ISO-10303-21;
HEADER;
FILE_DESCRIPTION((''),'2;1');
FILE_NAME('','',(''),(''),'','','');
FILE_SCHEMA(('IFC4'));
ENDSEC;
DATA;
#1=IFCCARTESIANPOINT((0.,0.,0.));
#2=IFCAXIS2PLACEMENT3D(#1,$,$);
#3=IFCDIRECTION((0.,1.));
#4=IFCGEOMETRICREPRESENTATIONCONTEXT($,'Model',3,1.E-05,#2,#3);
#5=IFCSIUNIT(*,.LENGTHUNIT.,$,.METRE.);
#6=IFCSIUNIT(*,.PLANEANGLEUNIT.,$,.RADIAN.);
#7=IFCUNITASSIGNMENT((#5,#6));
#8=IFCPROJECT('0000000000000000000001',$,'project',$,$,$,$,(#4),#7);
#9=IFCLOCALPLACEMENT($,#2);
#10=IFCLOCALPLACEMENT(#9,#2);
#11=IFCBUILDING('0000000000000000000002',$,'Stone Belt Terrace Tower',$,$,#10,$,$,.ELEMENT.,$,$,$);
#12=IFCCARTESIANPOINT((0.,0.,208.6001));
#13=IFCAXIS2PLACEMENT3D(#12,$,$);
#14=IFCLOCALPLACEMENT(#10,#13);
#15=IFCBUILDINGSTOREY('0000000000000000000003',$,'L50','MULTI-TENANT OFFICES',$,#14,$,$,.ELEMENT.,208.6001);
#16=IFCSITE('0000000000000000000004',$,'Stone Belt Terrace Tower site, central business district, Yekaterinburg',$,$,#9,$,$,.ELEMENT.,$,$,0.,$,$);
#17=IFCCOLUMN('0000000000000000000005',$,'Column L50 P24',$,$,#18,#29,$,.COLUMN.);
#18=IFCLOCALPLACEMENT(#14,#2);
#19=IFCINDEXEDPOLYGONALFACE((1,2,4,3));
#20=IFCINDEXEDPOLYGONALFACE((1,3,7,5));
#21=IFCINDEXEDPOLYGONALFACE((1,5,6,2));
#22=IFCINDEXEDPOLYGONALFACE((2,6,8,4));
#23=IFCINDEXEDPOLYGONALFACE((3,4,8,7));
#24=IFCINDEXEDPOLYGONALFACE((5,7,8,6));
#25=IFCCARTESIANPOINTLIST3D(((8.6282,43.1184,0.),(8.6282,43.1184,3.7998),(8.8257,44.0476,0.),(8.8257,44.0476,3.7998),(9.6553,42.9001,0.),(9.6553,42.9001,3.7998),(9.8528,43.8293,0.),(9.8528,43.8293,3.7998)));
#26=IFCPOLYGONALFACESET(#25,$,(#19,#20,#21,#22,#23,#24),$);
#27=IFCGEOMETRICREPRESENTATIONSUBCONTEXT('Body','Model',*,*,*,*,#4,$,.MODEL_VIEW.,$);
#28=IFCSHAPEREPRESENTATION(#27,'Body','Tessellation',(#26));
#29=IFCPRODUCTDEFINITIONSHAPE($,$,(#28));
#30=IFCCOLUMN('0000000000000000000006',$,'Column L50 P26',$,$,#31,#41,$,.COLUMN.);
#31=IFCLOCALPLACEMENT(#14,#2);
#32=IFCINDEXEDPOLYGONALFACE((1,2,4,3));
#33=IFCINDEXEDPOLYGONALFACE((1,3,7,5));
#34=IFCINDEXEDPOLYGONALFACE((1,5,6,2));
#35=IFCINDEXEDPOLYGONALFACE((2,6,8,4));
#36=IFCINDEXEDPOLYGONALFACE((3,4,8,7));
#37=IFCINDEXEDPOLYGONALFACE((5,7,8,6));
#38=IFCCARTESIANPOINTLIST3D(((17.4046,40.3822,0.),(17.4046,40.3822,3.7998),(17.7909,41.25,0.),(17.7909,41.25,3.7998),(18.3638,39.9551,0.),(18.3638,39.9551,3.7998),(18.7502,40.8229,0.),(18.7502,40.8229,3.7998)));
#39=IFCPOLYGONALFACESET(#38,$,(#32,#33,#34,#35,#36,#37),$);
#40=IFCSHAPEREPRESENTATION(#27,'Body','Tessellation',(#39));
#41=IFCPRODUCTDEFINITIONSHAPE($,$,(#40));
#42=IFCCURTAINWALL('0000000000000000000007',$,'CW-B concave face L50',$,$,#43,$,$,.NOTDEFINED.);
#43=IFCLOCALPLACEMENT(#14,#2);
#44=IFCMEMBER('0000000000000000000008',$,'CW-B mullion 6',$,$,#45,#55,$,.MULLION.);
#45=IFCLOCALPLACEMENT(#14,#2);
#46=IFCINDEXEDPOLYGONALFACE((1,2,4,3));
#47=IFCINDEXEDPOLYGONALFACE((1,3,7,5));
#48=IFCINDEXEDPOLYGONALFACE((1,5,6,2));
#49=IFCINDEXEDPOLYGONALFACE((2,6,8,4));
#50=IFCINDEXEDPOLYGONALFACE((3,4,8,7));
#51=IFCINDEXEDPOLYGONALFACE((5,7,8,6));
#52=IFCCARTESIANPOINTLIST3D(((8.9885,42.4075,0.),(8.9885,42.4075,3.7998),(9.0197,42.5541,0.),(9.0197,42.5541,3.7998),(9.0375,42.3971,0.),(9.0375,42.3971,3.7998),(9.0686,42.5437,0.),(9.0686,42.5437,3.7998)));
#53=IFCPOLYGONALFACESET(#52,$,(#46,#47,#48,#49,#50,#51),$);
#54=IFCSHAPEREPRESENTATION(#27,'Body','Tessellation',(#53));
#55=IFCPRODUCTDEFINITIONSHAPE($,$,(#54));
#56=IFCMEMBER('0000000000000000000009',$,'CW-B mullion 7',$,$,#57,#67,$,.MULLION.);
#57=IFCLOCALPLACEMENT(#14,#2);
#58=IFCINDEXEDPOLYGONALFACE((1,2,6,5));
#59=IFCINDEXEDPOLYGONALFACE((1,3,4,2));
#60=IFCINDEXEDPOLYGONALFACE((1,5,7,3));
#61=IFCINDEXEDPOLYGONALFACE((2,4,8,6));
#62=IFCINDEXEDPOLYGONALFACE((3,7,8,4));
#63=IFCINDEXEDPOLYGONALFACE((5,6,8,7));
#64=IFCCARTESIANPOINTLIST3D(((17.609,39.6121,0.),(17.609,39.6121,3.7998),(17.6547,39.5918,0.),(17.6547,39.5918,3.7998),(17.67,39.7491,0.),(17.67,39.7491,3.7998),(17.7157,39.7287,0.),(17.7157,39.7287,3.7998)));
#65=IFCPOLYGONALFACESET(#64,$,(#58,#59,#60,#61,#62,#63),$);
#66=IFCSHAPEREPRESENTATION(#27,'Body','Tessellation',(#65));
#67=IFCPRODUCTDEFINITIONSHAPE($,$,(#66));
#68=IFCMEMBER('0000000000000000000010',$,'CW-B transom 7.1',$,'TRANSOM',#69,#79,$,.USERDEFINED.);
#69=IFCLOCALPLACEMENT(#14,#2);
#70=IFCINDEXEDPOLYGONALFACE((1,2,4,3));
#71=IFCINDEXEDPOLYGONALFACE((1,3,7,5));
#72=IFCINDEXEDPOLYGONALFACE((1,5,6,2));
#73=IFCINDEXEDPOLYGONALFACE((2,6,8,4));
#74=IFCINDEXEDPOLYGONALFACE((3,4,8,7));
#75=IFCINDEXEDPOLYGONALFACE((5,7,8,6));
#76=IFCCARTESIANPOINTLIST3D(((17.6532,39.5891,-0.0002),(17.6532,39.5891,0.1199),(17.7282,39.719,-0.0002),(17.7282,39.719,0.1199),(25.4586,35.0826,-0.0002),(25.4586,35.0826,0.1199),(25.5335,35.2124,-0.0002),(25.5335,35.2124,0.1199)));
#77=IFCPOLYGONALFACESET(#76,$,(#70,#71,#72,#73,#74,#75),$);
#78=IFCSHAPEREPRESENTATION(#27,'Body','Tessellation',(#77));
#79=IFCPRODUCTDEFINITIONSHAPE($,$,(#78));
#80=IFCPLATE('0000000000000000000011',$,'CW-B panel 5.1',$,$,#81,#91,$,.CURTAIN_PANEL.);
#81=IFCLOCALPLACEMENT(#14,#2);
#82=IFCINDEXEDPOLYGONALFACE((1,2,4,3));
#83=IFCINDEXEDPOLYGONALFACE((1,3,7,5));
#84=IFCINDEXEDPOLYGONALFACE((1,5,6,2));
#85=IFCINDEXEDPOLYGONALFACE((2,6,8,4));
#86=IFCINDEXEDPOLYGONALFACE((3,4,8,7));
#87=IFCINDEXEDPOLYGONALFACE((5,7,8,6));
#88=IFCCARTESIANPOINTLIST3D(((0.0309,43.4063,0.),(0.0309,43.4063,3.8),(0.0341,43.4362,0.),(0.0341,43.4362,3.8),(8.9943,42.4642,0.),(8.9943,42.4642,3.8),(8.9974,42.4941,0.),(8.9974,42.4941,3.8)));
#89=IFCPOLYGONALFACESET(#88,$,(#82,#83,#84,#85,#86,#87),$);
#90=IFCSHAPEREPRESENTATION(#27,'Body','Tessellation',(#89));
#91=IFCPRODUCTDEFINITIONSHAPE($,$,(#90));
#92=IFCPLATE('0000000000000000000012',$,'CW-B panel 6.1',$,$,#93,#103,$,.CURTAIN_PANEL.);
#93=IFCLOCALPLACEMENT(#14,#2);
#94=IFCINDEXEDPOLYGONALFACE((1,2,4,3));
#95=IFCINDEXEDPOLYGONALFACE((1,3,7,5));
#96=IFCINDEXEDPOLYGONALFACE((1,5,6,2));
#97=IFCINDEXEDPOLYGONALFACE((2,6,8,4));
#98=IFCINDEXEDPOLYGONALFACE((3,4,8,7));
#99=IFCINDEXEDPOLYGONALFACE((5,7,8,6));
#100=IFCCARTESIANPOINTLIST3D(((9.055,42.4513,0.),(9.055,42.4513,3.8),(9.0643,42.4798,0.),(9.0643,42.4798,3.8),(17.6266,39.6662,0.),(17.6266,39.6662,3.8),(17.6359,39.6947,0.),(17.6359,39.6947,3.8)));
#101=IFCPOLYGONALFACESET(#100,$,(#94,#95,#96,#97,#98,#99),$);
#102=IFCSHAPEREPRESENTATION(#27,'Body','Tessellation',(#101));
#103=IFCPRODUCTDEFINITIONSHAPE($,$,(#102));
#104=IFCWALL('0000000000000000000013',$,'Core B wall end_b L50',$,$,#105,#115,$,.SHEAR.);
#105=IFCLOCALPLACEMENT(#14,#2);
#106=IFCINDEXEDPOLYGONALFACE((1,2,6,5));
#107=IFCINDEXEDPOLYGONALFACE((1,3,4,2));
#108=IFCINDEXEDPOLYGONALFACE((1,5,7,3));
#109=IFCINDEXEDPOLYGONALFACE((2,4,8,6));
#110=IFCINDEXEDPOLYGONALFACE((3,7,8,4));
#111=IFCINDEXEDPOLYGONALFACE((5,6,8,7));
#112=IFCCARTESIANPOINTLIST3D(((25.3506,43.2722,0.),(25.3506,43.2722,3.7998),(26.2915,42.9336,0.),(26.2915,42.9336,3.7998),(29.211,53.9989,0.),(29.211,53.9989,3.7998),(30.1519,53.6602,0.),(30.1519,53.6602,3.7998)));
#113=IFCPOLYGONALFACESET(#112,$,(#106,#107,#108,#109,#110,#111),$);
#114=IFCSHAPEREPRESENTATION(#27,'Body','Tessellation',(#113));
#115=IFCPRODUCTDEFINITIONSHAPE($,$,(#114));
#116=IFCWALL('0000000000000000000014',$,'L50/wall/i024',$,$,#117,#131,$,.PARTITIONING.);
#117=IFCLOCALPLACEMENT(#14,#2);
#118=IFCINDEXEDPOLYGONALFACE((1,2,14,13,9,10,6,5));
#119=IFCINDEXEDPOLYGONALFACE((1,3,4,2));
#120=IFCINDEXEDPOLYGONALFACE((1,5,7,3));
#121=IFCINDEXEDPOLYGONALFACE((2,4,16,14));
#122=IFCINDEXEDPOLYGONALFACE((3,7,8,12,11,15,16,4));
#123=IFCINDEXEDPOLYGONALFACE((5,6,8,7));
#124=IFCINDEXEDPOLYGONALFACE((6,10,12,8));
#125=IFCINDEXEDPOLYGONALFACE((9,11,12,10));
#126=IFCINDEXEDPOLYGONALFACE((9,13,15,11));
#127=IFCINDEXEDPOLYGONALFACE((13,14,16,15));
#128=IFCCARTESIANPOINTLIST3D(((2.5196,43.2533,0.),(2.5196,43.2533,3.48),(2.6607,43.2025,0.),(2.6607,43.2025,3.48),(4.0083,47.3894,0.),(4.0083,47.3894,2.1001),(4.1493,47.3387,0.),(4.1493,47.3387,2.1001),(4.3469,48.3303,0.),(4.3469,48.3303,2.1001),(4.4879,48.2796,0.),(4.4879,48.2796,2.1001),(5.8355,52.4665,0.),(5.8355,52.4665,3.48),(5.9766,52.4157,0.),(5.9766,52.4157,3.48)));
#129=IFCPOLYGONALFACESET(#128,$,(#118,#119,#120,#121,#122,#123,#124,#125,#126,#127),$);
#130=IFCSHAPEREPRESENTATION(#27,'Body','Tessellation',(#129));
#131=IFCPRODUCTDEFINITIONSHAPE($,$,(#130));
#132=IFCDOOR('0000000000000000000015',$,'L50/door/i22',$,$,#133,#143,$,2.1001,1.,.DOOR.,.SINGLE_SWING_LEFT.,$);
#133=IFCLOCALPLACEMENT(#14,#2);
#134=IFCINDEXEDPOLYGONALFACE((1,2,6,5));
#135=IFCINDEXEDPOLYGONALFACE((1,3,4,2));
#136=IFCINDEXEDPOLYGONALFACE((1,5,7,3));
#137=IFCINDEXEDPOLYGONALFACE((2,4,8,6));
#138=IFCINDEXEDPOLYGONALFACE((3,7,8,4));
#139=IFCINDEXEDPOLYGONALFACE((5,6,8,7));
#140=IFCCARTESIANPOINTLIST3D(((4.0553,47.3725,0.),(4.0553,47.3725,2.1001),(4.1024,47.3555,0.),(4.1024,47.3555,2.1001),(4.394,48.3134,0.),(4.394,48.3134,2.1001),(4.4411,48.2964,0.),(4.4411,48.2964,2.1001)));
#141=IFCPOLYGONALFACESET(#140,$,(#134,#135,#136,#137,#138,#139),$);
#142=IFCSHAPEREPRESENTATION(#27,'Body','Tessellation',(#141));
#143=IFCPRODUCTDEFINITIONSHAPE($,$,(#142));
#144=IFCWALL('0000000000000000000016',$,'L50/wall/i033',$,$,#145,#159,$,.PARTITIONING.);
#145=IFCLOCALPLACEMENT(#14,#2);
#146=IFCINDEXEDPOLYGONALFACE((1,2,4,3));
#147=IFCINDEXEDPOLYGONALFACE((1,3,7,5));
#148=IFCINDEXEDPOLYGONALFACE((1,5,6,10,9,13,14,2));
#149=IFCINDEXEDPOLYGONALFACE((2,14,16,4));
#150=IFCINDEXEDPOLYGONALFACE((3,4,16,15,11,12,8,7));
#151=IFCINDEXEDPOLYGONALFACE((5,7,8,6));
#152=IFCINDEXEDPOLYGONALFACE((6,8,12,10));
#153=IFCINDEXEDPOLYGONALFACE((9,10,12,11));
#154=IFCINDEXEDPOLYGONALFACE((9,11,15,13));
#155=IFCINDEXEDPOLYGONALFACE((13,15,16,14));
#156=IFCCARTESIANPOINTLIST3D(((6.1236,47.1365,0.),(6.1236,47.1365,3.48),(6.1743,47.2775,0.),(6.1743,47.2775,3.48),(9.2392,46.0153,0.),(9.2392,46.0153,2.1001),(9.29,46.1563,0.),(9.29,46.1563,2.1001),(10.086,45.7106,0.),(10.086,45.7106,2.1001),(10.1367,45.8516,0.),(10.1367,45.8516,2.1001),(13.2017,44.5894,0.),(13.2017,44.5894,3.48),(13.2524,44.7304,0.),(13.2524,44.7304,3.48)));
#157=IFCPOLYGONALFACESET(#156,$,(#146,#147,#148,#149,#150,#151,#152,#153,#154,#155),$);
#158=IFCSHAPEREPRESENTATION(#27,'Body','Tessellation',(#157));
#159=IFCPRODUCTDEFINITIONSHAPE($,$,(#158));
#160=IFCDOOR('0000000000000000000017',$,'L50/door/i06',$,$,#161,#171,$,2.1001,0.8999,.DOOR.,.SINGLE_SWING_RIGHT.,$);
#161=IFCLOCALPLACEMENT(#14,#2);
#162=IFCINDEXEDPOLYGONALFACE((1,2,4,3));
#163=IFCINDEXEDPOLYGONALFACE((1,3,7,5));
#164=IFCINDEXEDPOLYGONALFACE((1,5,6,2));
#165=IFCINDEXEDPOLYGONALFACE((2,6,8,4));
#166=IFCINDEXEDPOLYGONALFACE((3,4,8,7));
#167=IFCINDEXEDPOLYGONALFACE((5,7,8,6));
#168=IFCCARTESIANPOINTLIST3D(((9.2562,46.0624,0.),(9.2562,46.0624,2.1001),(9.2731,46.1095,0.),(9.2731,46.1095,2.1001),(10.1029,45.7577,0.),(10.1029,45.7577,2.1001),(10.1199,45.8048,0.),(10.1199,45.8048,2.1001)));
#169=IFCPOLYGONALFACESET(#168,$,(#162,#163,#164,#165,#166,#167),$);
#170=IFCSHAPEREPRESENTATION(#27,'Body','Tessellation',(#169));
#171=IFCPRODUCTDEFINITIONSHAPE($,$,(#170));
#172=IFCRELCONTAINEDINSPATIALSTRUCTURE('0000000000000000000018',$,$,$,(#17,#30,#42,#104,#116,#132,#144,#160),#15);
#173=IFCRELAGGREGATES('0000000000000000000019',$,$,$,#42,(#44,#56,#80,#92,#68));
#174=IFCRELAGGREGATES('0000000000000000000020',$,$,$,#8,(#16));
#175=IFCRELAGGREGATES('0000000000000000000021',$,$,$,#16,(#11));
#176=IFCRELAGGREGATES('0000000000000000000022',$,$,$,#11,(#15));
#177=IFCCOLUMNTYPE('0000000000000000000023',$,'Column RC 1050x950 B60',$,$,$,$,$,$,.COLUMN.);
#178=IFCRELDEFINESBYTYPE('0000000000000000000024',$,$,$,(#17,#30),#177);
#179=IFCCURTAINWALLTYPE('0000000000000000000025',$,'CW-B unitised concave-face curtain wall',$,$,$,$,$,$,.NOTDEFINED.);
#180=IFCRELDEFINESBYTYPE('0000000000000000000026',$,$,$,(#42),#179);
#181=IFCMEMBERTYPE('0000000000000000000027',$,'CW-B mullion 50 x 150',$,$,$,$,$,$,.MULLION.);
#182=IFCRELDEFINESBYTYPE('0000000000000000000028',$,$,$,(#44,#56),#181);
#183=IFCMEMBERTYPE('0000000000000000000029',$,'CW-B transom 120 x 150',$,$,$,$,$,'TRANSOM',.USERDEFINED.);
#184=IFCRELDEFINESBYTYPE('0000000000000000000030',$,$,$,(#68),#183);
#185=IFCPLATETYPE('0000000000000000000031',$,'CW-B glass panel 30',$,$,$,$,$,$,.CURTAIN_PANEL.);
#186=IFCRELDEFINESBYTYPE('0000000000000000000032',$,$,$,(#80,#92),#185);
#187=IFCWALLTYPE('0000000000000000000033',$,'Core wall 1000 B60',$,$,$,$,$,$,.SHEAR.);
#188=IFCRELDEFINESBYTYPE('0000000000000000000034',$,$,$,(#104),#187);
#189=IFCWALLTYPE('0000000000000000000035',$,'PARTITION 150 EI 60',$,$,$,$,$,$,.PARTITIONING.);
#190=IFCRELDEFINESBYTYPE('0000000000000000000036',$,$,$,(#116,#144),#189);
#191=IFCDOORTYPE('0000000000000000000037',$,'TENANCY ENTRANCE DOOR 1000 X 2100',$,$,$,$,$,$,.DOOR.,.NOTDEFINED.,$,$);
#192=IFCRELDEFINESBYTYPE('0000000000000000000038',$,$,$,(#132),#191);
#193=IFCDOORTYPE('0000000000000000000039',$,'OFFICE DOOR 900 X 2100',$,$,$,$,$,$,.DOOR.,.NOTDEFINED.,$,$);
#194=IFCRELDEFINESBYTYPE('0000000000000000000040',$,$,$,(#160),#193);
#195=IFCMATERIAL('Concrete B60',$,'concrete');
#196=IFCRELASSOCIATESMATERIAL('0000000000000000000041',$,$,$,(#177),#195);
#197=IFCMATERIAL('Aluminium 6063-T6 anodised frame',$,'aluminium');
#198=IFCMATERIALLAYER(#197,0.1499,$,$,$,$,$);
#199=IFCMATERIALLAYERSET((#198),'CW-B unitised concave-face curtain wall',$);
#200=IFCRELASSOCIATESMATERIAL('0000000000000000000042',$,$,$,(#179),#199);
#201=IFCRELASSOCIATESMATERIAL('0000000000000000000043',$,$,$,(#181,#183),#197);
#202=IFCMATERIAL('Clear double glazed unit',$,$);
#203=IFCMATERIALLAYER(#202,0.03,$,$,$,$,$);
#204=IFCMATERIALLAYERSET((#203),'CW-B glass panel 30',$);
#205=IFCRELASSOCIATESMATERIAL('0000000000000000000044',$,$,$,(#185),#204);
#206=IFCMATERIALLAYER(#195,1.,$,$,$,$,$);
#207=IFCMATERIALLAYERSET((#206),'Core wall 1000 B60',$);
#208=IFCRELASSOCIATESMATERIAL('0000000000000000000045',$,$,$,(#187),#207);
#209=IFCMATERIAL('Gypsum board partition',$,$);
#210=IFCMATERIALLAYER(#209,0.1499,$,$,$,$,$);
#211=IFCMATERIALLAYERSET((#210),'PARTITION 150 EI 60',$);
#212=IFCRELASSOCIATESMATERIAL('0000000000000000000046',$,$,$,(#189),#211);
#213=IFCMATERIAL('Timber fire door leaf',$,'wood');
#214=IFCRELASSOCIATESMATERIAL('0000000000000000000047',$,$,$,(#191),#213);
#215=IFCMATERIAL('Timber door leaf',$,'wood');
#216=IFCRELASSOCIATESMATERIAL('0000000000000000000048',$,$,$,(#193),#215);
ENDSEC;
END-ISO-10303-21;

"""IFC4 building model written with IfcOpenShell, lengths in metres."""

from ifc_helpers import new_model, si_unit, direction, frame, frame_2d, origin, origin_2d, place, context, subcontext, project, spatial, rectangle, extrude, material, layer, layer_set, material_profile, profile_set, type_object, element, fill, aggregate, save


model = new_model("IFC4")

# Units and contexts
model_context = context("Model", 3, precision=1e-05, world=origin(), true_north=direction((0.0, 1.0)))
body_context = subcontext(model_context, "Body", "Model", "MODEL_VIEW")
ifc_project = project(units=[si_unit("LENGTHUNIT", "METRE"), si_unit("PLANEANGLEUNIT", "RADIAN")], contexts=[model_context])

# Site, building, storey
site_placement = place(None, origin())
site = spatial("IfcSite", under=ifc_project, at=site_placement, Name="Stone Belt Terrace Tower site, central business district, Yekaterinburg", CompositionType="ELEMENT", RefElevation=0.0)
building_placement = place(site_placement, origin())
building = spatial("IfcBuilding", under=site, at=building_placement, Name="Stone Belt Terrace Tower", CompositionType="ELEMENT")
storey_placement = place(building_placement, frame((0.0, 0.0, 208.6001)))
storey = spatial("IfcBuildingStorey", under=building, at=storey_placement, Name="L50", Description="MULTI-TENANT OFFICES", CompositionType="ELEMENT", Elevation=208.6001)

# Columns
ifc_material_1 = material(Name="Concrete B60", Category="concrete")
ifc_material_profile_1 = material_profile(ifc_material_1, rectangle(XDim=1.05, YDim=0.95, at=origin_2d()), Name="RC 1050x950")
ifc_profile_set_1 = profile_set([ifc_material_profile_1], Name="Concrete B60")
column_type = type_object("IfcColumnType", Name="Column RC 1050x950 B60", PredefinedType="COLUMN", material=ifc_profile_set_1)
for number, where, z_axis, x_axis, name in (
    (1, (9.2405, 43.4739, 0.0), (0.0, 0.0, 1.0), (0.978148, -0.207912, 0.0), "Column L50 P24"),
    (2, (18.0774, 40.6025, 0.0), (0.0, 0.0, 1.0), (0.913545, -0.406737, 0.0), "Column L50 P26"),
):
    element("IfcColumn", number, at=place(storey_placement, frame(where, z_axis=z_axis, x_axis=x_axis)), inside=storey, type_object=column_type, Name=name, PredefinedType="COLUMN", context=body_context, shape_type="SweptSolid", body=[
        extrude(rectangle(XDim=1.05, YDim=0.95, at=origin_2d()), origin(), (0.0, 0.0, 1.0), 3.7998),
    ])

# Curtain wall, members, plates
ifc_material_2 = material(Name="Aluminium 6063-T6 anodised frame", Category="aluminium")
ifc_layer_1 = layer(ifc_material_2, 0.1499)
ifc_layer_set_1 = layer_set([ifc_layer_1], Name="CW-B unitised concave-face curtain wall")
curtain_wall_type = type_object("IfcCurtainWallType", Name="CW-B unitised concave-face curtain wall", PredefinedType="NOTDEFINED", material=ifc_layer_set_1)
curtain_wall_placement = place(storey_placement, origin())
curtain_wall = element("IfcCurtainWall", 3, at=curtain_wall_placement, inside=storey, type_object=curtain_wall_type, Name="CW-B concave face L50", PredefinedType="NOTDEFINED")
ifc_material_profile_2 = material_profile(ifc_material_2, rectangle(XDim=0.1499, YDim=0.05, at=origin_2d()), Name="Aluminium 6063-T6 50x150")
ifc_profile_set_2 = profile_set([ifc_material_profile_2], Name="Aluminium 6063-T6 anodised frame")
member_type_1 = type_object("IfcMemberType", Name="CW-B mullion 50 x 150", PredefinedType="MULLION", material=ifc_profile_set_2)
member_1_placement = place(storey_placement, frame((9.0286, 42.4756, 0.0), z_axis=(0.0, 0.0, 1.0), x_axis=(0.207912, 0.978148, 0.0)))
member_1 = element("IfcMember", 4, at=member_1_placement, type_object=member_type_1, Name="CW-B mullion 6", PredefinedType="MULLION", context=body_context, shape_type="SweptSolid", body=[
    extrude(rectangle(XDim=0.1499, YDim=0.05, at=origin_2d()), origin(), (0.0, 0.0, 1.0), 3.7998),
])
member_2_placement = place(storey_placement, frame((17.6624, 39.6704, 0.0), z_axis=(0.0, 0.0, 1.0), x_axis=(0.406737, 0.913545, 0.0)))
member_2 = element("IfcMember", 5, at=member_2_placement, type_object=member_type_1, Name="CW-B mullion 7", PredefinedType="MULLION", context=body_context, shape_type="SweptSolid", body=[
    extrude(rectangle(XDim=0.1499, YDim=0.05, at=origin_2d()), origin(), (0.0, 0.0, 1.0), 3.7998),
])
ifc_material_profile_3 = material_profile(ifc_material_2, rectangle(XDim=0.1499, YDim=0.1201, at=origin_2d()), Name="Aluminium 6063-T6 150x120")
ifc_profile_set_3 = profile_set([ifc_material_profile_3], Name="Aluminium 6063-T6 anodised frame")
member_type_2 = type_object("IfcMemberType", Name="CW-B transom 120 x 150", ElementType="TRANSOM", PredefinedType="USERDEFINED", material=ifc_profile_set_3)
member_3_placement = place(storey_placement, frame((17.6907, 39.6541, 0.0598), z_axis=(0.866019, -0.500011, 0.0), x_axis=(0.500011, 0.866019, 0.0)))
member_3 = element("IfcMember", 6, at=member_3_placement, type_object=member_type_2, Name="CW-B transom 7.1", ObjectType="TRANSOM", PredefinedType="USERDEFINED", context=body_context, shape_type="SweptSolid", body=[
    extrude(rectangle(XDim=0.1499, YDim=0.1201, at=origin_2d()), origin(), (0.0, 0.0, 1.0), 9.0129),
])
ifc_material_3 = material(Name="Clear double glazed unit")
ifc_layer_2 = layer(ifc_material_3, 0.03)
ifc_layer_set_2 = layer_set([ifc_layer_2], Name="CW-B glass panel 30")
plate_type = type_object("IfcPlateType", Name="CW-B glass panel 30", PredefinedType="CURTAIN_PANEL", material=ifc_layer_set_2)
plate_1_placement = place(storey_placement, frame((4.5142, 42.9502, 0.0), z_axis=(0.0, 0.0, 1.0), x_axis=(0.994522, -0.104528, 0.0)))
plate_1 = element("IfcPlate", 7, at=plate_1_placement, type_object=plate_type, Name="CW-B panel 5.1", PredefinedType="CURTAIN_PANEL", context=body_context, shape_type="SweptSolid", body=[
    extrude(rectangle(XDim=9.0127, YDim=0.03, at=origin_2d()), origin(), (0.0, 0.0, 1.0), 3.8),
])
plate_2_placement = place(storey_placement, frame((13.3455, 41.073, 0.0), z_axis=(0.0, 0.0, 1.0), x_axis=(0.951057, -0.309017, 0.0)))
plate_2 = element("IfcPlate", 8, at=plate_2_placement, type_object=plate_type, Name="CW-B panel 6.1", PredefinedType="CURTAIN_PANEL", context=body_context, shape_type="SweptSolid", body=[
    extrude(rectangle(XDim=9.0127, YDim=0.03, at=origin_2d()), origin(), (0.0, 0.0, 1.0), 3.8),
])
aggregate(curtain_wall, [member_1, member_2, plate_1, plate_2, member_3])

# Wall
ifc_layer_3 = layer(ifc_material_1, 1.0)
ifc_layer_set_3 = layer_set([ifc_layer_3], Name="Core wall 1000 B60")
wall_type_1 = type_object("IfcWallType", Name="Core wall 1000 B60", PredefinedType="SHEAR", material=ifc_layer_set_3)
wall_1_placement = place(storey_placement, frame((25.821, 43.1028, 0.0), z_axis=(0.0, 0.0, 1.0), x_axis=(0.338625, 0.940921, 0.0)))
element("IfcWall", 9, at=wall_1_placement, inside=storey, type_object=wall_type_1, Name="Core B wall end_b L50", PredefinedType="SHEAR", context=body_context, shape_type="SweptSolid", body=[
    extrude(rectangle(XDim=11.4001, YDim=1.0, at=frame_2d((5.7002, 0.0))), origin(), (0.0, 0.0, 1.0), 3.7998),
])

# Walls, openings, doors
ifc_material_4 = material(Name="Gypsum board partition")
ifc_layer_4 = layer(ifc_material_4, 0.1499)
ifc_layer_set_4 = layer_set([ifc_layer_4], Name="PARTITION 150 EI 60")
wall_type_2 = type_object("IfcWallType", Name="PARTITION 150 EI 60", PredefinedType="PARTITIONING", material=ifc_layer_set_4)
wall_2_placement = place(storey_placement, frame((2.5901, 43.2278, 0.0), z_axis=(0.0, 0.0, 1.0), x_axis=(0.338646, 0.940914, 0.0)))
wall_2 = element("IfcWall", 10, at=wall_2_placement, inside=storey, type_object=wall_type_2, Name="L50/wall/i024", PredefinedType="PARTITIONING", context=body_context, shape_type="SweptSolid", body=[
    extrude(rectangle(XDim=9.7917, YDim=0.1499, at=frame_2d((4.896, 0.0))), origin(), (0.0, 0.0, 1.0), 3.48),
])
opening_1_placement = place(wall_2_placement, frame((4.396, 0.0, 0.0)))
opening_1 = element("IfcOpeningElement", 11, at=opening_1_placement, cuts=wall_2, PredefinedType="OPENING", context=body_context, shape_type="SweptSolid", body=[
    extrude(rectangle(XDim=1.0, YDim=2.1001, at=frame_2d((0.5, 1.05))), frame((0.0, 0.085, 0.0), z_axis=(0.0, -1.0, 0.0), x_axis=(1.0, 0.0, 0.0)), (0.0, 0.0, 1.0), 0.1699),
])
ifc_material_5 = material(Name="Timber fire door leaf", Category="wood")
door_type_1 = type_object("IfcDoorType", Name="TENANCY ENTRANCE DOOR 1000 X 2100", OperationType="NOTDEFINED", PredefinedType="DOOR", material=ifc_material_5)
door_1_placement = place(opening_1_placement, origin())
door_1 = element("IfcDoor", 12, at=door_1_placement, inside=storey, type_object=door_type_1, Name="L50/door/i22", OperationType="SINGLE_SWING_LEFT", OverallHeight=2.1001, OverallWidth=1.0, PredefinedType="DOOR", context=body_context, shape_type="SweptSolid", body=[
    extrude(rectangle(XDim=1.0, YDim=2.1001, at=frame_2d((0.5, 1.05))), frame((0.0, 0.0249, 0.0), z_axis=(0.0, -1.0, 0.0), x_axis=(1.0, 0.0, 0.0)), (0.0, 0.0, 1.0), 0.05),
])
fill(opening_1, door_1)
wall_3_placement = place(storey_placement, frame((13.2271, 44.6599, 0.0), z_axis=(0.0, 0.0, 1.0), x_axis=(-0.94093, 0.338601, 0.0)))
wall_3 = element("IfcWall", 13, at=wall_3_placement, inside=storey, type_object=wall_type_2, Name="L50/wall/i033", PredefinedType="PARTITIONING", context=body_context, shape_type="SweptSolid", body=[
    extrude(rectangle(XDim=7.5225, YDim=0.1499, at=frame_2d((3.7612, 0.0))), origin(), (0.0, 0.0, 1.0), 3.48),
])
opening_2_placement = place(wall_3_placement, frame((3.3113, 0.0, 0.0)))
opening_2 = element("IfcOpeningElement", 14, at=opening_2_placement, cuts=wall_3, PredefinedType="OPENING", context=body_context, shape_type="SweptSolid", body=[
    extrude(rectangle(XDim=0.8999, YDim=2.1001, at=frame_2d((0.45, 1.05))), frame((0.0, 0.085, 0.0), z_axis=(0.0, -1.0, 0.0), x_axis=(1.0, 0.0, 0.0)), (0.0, 0.0, 1.0), 0.1699),
])
ifc_material_6 = material(Name="Timber door leaf", Category="wood")
door_type_2 = type_object("IfcDoorType", Name="OFFICE DOOR 900 X 2100", OperationType="NOTDEFINED", PredefinedType="DOOR", material=ifc_material_6)
door_2_placement = place(opening_2_placement, origin())
door_2 = element("IfcDoor", 15, at=door_2_placement, inside=storey, type_object=door_type_2, Name="L50/door/i06", OperationType="SINGLE_SWING_RIGHT", OverallHeight=2.1001, OverallWidth=0.8999, PredefinedType="DOOR", context=body_context, shape_type="SweptSolid", body=[
    extrude(rectangle(XDim=0.8999, YDim=2.1001, at=frame_2d((0.45, 1.05))), frame((0.0, 0.0249, 0.0), z_axis=(0.0, -1.0, 0.0), x_axis=(1.0, 0.0, 0.0)), (0.0, 0.0, 1.0), 0.05),
])
fill(opening_2, door_2)

save(model, "model.ifc")
